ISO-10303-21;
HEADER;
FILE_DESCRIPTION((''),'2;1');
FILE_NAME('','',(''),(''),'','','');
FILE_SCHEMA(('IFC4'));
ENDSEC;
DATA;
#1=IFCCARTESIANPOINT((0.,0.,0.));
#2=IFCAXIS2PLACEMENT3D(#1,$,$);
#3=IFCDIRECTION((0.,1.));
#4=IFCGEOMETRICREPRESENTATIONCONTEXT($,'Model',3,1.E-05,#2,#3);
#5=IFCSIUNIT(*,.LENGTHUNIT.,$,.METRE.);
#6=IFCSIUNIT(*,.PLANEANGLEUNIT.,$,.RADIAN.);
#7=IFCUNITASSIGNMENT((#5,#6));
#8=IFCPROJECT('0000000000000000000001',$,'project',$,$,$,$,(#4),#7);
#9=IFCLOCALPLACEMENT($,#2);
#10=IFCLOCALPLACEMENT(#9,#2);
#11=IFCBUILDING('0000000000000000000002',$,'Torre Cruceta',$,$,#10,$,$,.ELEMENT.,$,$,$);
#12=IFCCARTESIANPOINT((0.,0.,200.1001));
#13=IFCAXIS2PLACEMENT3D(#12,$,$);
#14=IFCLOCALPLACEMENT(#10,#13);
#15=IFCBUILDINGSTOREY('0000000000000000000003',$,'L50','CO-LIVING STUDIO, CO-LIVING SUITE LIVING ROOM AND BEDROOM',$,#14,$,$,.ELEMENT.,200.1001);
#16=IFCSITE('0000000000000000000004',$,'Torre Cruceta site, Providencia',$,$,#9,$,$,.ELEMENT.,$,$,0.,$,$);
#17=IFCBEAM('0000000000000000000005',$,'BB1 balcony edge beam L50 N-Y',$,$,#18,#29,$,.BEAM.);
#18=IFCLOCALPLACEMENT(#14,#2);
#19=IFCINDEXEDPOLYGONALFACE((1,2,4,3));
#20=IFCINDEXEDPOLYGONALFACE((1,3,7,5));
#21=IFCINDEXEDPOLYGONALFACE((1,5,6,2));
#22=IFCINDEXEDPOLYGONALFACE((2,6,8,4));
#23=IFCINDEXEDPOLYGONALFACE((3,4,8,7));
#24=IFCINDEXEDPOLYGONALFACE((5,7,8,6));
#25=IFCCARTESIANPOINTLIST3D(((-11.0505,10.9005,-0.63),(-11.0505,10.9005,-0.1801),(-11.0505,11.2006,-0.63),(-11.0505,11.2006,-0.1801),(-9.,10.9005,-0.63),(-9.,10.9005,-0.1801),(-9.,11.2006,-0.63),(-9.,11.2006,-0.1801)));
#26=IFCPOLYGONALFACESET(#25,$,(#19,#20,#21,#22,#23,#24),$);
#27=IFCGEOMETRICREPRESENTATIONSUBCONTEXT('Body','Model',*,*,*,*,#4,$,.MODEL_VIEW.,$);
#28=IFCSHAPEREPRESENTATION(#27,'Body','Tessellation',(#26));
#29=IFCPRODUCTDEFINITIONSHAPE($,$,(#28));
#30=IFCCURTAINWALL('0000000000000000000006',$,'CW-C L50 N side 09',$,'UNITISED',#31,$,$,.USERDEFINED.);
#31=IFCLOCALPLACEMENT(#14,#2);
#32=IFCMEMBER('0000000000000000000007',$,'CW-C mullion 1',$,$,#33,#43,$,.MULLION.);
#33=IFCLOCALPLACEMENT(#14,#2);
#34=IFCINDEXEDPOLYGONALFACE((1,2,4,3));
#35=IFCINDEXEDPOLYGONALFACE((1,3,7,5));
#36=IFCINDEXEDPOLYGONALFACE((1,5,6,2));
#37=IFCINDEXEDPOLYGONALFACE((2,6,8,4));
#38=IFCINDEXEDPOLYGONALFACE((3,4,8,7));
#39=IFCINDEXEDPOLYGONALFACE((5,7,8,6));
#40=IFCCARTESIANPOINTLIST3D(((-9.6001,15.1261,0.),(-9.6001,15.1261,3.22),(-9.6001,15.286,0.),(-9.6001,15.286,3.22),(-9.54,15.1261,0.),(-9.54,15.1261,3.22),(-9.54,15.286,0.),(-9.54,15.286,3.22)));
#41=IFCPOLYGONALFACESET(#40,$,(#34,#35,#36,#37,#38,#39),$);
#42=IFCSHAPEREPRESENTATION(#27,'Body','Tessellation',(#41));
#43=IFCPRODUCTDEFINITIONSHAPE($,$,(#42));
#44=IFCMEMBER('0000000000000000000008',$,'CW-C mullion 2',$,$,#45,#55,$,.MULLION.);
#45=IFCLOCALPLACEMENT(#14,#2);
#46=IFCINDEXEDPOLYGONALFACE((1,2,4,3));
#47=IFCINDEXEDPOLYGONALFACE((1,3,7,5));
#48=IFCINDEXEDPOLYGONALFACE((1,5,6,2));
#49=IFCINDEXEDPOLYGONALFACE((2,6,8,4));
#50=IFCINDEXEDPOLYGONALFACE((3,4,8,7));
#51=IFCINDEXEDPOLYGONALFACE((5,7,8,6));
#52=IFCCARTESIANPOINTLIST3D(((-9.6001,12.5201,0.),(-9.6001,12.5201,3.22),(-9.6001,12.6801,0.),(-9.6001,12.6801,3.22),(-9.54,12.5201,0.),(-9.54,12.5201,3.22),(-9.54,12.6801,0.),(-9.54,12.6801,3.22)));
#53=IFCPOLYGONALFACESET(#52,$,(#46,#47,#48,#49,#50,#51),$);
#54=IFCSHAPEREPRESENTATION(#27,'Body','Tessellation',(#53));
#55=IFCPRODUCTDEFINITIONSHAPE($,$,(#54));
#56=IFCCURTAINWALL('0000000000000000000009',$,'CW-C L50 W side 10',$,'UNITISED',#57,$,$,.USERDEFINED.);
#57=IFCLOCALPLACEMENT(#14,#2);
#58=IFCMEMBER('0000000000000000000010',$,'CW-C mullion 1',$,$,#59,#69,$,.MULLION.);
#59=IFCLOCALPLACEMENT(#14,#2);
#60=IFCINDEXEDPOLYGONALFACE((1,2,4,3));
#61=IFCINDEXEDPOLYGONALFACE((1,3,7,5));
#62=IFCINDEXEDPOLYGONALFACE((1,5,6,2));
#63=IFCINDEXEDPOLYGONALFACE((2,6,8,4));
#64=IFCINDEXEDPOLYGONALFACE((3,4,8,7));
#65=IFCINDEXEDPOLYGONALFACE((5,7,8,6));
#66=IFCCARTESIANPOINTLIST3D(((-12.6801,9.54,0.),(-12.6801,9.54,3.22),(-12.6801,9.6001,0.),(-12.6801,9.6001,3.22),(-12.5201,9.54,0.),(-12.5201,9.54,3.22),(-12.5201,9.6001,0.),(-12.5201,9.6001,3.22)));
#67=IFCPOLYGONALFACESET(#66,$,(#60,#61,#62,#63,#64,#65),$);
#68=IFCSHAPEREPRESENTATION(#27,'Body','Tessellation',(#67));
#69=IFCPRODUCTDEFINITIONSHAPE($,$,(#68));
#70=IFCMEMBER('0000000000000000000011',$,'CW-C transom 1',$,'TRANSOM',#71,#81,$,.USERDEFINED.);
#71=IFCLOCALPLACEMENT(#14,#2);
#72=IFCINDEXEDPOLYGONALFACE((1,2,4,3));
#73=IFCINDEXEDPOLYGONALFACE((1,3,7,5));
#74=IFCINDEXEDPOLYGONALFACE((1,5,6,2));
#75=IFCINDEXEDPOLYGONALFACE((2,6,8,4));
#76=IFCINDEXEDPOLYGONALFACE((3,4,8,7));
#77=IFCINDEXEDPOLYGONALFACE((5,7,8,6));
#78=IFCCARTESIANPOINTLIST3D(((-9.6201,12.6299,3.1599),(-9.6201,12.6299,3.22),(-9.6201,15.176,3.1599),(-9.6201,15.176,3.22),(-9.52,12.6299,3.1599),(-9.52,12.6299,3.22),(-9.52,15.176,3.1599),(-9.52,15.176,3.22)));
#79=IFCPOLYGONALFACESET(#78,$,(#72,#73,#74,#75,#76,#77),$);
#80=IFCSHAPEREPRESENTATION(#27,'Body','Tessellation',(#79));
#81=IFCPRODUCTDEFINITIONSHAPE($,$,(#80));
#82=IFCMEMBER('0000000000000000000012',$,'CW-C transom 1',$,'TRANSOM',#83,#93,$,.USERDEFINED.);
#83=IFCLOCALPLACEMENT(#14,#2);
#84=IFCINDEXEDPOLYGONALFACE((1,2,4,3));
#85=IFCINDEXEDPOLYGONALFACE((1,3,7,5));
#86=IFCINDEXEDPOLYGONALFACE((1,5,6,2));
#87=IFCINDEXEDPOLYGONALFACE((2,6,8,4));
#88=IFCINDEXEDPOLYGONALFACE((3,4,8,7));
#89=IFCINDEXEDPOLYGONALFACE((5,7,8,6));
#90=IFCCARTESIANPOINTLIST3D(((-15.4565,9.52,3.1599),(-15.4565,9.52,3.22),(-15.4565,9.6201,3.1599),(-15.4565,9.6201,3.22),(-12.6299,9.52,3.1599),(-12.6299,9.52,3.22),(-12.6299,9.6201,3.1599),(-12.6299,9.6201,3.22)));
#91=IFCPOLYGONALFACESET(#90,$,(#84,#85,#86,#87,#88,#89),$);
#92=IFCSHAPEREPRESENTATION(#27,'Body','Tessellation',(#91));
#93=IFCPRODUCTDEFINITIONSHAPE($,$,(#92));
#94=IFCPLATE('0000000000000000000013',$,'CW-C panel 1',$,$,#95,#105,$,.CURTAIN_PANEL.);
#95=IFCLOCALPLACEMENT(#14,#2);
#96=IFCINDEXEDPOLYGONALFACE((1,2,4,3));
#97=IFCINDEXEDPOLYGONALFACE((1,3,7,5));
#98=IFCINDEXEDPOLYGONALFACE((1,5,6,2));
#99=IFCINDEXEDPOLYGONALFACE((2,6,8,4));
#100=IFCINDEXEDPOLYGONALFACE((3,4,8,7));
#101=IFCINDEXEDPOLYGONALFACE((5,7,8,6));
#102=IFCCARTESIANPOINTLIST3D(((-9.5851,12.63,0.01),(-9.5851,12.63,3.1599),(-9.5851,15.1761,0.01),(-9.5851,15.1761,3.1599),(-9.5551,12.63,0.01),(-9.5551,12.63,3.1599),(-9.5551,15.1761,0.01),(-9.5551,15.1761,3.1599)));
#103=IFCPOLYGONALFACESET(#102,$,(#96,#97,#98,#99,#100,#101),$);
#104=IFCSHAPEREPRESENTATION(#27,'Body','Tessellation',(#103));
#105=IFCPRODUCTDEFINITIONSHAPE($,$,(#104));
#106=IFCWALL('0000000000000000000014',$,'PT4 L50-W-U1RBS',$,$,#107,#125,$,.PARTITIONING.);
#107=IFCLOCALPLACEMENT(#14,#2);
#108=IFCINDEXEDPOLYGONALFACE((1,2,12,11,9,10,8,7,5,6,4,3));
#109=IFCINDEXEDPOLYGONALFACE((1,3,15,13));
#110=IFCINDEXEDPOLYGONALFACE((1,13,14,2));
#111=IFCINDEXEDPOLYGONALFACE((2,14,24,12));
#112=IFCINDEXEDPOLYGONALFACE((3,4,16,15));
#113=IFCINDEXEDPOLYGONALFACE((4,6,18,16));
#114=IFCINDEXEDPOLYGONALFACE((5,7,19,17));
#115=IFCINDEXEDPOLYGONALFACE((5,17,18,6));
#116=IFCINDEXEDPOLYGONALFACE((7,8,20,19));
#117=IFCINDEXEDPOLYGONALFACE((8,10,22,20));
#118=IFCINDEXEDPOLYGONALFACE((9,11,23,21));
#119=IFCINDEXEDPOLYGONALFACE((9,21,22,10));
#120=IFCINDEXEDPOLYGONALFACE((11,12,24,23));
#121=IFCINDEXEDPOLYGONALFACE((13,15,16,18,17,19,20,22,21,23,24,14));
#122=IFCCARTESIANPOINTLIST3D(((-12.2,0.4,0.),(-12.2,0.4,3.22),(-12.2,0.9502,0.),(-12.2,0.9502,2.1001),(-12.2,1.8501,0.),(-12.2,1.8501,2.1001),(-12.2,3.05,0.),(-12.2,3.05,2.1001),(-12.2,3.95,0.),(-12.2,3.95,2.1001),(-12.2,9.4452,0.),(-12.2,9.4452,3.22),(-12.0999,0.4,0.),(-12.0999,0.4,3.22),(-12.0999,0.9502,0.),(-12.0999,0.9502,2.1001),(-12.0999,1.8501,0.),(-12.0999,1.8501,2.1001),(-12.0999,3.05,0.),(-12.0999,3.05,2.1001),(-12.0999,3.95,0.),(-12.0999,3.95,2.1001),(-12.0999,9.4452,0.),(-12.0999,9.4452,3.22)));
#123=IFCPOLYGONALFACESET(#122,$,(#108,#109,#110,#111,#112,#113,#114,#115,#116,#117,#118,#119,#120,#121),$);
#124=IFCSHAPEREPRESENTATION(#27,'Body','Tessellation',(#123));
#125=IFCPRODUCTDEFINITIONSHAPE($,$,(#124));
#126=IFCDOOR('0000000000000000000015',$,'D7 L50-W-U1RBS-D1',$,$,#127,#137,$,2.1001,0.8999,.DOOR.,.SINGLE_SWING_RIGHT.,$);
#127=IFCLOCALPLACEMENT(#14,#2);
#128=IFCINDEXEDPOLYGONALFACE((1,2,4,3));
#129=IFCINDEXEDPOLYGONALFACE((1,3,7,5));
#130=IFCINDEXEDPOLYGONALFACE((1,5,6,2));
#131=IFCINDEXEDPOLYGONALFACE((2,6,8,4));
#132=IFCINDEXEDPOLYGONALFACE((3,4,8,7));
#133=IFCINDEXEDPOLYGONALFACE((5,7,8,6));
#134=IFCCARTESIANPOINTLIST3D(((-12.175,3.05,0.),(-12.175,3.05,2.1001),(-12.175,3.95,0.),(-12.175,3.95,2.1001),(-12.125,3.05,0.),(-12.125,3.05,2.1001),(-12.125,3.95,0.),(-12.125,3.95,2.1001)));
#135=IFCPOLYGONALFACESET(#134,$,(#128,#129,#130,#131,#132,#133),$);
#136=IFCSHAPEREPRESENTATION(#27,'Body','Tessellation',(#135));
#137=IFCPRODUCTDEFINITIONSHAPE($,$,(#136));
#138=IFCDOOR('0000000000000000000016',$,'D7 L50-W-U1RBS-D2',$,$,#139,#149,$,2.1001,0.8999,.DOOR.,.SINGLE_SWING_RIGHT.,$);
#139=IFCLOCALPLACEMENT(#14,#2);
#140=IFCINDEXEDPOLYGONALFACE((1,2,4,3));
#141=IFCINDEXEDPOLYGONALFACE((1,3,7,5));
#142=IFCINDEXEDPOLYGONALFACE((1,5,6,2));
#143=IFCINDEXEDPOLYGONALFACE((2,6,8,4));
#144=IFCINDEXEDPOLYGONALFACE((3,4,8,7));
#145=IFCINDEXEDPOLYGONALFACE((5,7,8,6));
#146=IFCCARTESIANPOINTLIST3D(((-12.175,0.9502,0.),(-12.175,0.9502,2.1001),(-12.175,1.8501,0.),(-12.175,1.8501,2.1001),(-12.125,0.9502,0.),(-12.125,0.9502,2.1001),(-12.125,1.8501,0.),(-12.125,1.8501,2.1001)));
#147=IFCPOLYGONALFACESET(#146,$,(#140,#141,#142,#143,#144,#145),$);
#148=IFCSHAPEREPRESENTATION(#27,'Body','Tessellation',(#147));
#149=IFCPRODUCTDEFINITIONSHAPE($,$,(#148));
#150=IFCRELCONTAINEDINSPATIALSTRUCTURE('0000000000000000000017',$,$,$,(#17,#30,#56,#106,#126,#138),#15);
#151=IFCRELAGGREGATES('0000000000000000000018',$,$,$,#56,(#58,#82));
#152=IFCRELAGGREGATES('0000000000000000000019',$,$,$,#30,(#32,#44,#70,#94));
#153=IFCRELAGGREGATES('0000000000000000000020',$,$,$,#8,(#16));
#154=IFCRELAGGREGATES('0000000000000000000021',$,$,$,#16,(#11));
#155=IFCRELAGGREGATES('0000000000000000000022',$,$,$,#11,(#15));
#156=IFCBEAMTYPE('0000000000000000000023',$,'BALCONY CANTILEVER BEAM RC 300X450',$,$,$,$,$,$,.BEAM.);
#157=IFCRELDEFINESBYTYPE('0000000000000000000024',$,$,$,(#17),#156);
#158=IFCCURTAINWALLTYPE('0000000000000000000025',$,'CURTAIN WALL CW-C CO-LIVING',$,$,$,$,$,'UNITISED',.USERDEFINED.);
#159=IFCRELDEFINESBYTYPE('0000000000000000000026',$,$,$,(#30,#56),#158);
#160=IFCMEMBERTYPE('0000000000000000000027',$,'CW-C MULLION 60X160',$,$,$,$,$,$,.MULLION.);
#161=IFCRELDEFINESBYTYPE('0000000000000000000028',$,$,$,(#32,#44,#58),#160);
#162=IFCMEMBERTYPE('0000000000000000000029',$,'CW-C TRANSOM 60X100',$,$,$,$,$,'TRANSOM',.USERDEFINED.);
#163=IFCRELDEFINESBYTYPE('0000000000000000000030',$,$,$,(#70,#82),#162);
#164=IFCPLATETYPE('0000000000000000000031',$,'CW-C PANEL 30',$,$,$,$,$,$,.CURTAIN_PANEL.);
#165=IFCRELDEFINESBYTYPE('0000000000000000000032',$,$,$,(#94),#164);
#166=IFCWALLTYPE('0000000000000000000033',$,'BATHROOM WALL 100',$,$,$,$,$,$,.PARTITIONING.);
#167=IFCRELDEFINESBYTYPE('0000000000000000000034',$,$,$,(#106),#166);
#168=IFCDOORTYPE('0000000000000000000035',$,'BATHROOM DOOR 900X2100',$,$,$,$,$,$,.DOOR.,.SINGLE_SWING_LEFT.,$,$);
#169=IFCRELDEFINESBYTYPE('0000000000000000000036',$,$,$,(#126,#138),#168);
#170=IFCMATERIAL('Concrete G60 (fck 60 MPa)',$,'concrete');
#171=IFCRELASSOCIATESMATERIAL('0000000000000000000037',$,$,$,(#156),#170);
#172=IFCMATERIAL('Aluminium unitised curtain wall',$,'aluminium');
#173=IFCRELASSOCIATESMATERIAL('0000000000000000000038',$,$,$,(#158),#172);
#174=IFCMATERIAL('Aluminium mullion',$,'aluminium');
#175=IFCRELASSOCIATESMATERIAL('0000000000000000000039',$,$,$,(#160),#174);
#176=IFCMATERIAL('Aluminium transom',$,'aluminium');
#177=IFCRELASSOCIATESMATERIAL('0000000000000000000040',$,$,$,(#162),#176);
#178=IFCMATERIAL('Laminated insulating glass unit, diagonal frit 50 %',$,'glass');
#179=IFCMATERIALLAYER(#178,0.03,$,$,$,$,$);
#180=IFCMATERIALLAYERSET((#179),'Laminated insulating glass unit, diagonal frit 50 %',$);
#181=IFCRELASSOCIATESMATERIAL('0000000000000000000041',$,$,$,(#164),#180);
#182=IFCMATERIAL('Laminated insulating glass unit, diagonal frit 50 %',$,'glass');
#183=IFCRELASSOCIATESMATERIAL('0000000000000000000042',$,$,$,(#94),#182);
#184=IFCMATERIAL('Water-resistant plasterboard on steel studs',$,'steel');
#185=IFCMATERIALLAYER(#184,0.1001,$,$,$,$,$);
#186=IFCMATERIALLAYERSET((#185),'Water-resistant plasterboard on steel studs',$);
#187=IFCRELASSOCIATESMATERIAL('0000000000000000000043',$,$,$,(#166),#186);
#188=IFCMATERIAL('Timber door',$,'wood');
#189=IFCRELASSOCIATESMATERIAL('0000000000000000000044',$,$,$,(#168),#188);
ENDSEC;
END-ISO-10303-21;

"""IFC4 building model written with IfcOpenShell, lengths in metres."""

from ifc_helpers import new_model, si_unit, direction, frame, frame_2d, origin, origin_2d, place, context, subcontext, project, spatial, rectangle, extrude, material, layer, layer_set, material_profile, profile_set, type_object, element, fill, aggregate, save


model = new_model("IFC4")

# Units and contexts
model_context = context("Model", 3, precision=1e-05, world=origin(), true_north=direction((0.0, 1.0)))
body_context = subcontext(model_context, "Body", "Model", "MODEL_VIEW")
ifc_project = project(units=[si_unit("LENGTHUNIT", "METRE"), si_unit("PLANEANGLEUNIT", "RADIAN")], contexts=[model_context])

# Site, building, storey
site_placement = place(None, origin())
site = spatial("IfcSite", under=ifc_project, at=site_placement, Name="Torre Cruceta site, Providencia", CompositionType="ELEMENT", RefElevation=0.0)
building_placement = place(site_placement, origin())
building = spatial("IfcBuilding", under=site, at=building_placement, Name="Torre Cruceta", CompositionType="ELEMENT")
storey_placement = place(building_placement, frame((0.0, 0.0, 200.1001)))
storey = spatial("IfcBuildingStorey", under=building, at=storey_placement, Name="L50", Description="CO-LIVING STUDIO, CO-LIVING SUITE LIVING ROOM AND BEDROOM", CompositionType="ELEMENT", Elevation=200.1001)

# Beam
ifc_material_1 = material(Name="Concrete G60 (fck 60 MPa)", Category="concrete")
ifc_material_profile_1 = material_profile(ifc_material_1, rectangle(XDim=0.3, YDim=0.45, at=origin_2d()), Name="RC 300X450")
ifc_profile_set_1 = profile_set([ifc_material_profile_1], Name="Concrete G60 (fck 60 MPa)")
beam_type = type_object("IfcBeamType", Name="BALCONY CANTILEVER BEAM RC 300X450", PredefinedType="BEAM", material=ifc_profile_set_1)
beam_placement = place(storey_placement, frame((-9.0, 11.0505, -0.405), z_axis=(-1.0, 0.0, 0.0), x_axis=(0.0, -1.0, 0.0)))
element("IfcBeam", 1, at=beam_placement, inside=storey, type_object=beam_type, Name="BB1 balcony edge beam L50 N-Y", PredefinedType="BEAM", context=body_context, shape_type="SweptSolid", body=[
    extrude(rectangle(XDim=0.3, YDim=0.45, at=origin_2d()), origin(), (0.0, 0.0, 1.0), 2.0505),
])

# Curtain wall, members
ifc_material_2 = material(Name="Aluminium unitised curtain wall", Category="aluminium")
curtain_wall_type = type_object("IfcCurtainWallType", Name="CURTAIN WALL CW-C CO-LIVING", ElementType="UNITISED", PredefinedType="USERDEFINED", material=ifc_material_2)
curtain_wall_1_placement = place(storey_placement, origin())
curtain_wall_1 = element("IfcCurtainWall", 2, at=curtain_wall_1_placement, inside=storey, type_object=curtain_wall_type, Name="CW-C L50 N side 09", ObjectType="UNITISED", PredefinedType="USERDEFINED")
ifc_material_3 = material(Name="Aluminium mullion", Category="aluminium")
ifc_material_profile_2 = material_profile(ifc_material_3, rectangle(XDim=0.0601, YDim=0.1599, at=origin_2d()), Name="AL 60X160")
ifc_profile_set_2 = profile_set([ifc_material_profile_2], Name="Aluminium mullion")
member_type_1 = type_object("IfcMemberType", Name="CW-C MULLION 60X160", PredefinedType="MULLION", material=ifc_profile_set_2)
member_1_placement = place(storey_placement, frame((-9.5701, 15.2061, 0.0), z_axis=(0.0, 0.0, 1.0), x_axis=(1.0, 0.0, 0.0)))
member_1 = element("IfcMember", 3, at=member_1_placement, type_object=member_type_1, Name="CW-C mullion 1", PredefinedType="MULLION", context=body_context, shape_type="SweptSolid", body=[
    extrude(rectangle(XDim=0.0601, YDim=0.1599, at=origin_2d()), origin(), (0.0, 0.0, 1.0), 3.22),
])
member_2_placement = place(storey_placement, frame((-9.5701, 12.6001, 0.0), z_axis=(0.0, 0.0, 1.0), x_axis=(1.0, 0.0, 0.0)))
member_2 = element("IfcMember", 4, at=member_2_placement, type_object=member_type_1, Name="CW-C mullion 2", PredefinedType="MULLION", context=body_context, shape_type="SweptSolid", body=[
    extrude(rectangle(XDim=0.0601, YDim=0.1599, at=origin_2d()), origin(), (0.0, 0.0, 1.0), 3.22),
])

# Curtain wall, member
curtain_wall_2_placement = place(storey_placement, origin())
curtain_wall_2 = element("IfcCurtainWall", 5, at=curtain_wall_2_placement, inside=storey, type_object=curtain_wall_type, Name="CW-C L50 W side 10", ObjectType="UNITISED", PredefinedType="USERDEFINED")
member_3_placement = place(storey_placement, frame((-12.6001, 9.5701, 0.0), z_axis=(0.0, 0.0, 1.0), x_axis=(0.0, -1.0, 0.0)))
member_3 = element("IfcMember", 6, at=member_3_placement, type_object=member_type_1, Name="CW-C mullion 1", PredefinedType="MULLION", context=body_context, shape_type="SweptSolid", body=[
    extrude(rectangle(XDim=0.0601, YDim=0.1599, at=origin_2d()), origin(), (0.0, 0.0, 1.0), 3.22),
])

# Members
ifc_material_4 = material(Name="Aluminium transom", Category="aluminium")
ifc_material_profile_3 = material_profile(ifc_material_4, rectangle(XDim=0.1001, YDim=0.0601, at=origin_2d()), Name="AL 100X60")
ifc_profile_set_3 = profile_set([ifc_material_profile_3], Name="Aluminium transom")
member_type_2 = type_object("IfcMemberType", Name="CW-C TRANSOM 60X100", ElementType="TRANSOM", PredefinedType="USERDEFINED", material=ifc_profile_set_3)
member_4_placement = place(storey_placement, frame((-9.5701, 15.176, 3.1899), z_axis=(0.0, -1.0, 0.0), x_axis=(1.0, 0.0, 0.0)))
member_4 = element("IfcMember", 7, at=member_4_placement, type_object=member_type_2, Name="CW-C transom 1", ObjectType="TRANSOM", PredefinedType="USERDEFINED", context=body_context, shape_type="SweptSolid", body=[
    extrude(rectangle(XDim=0.1001, YDim=0.0601, at=origin_2d()), origin(), (0.0, 0.0, 1.0), 2.5461),
])
member_5_placement = place(storey_placement, frame((-12.6299, 9.5701, 3.1899), z_axis=(-1.0, 0.0, 0.0), x_axis=(0.0, -1.0, 0.0)))
member_5 = element("IfcMember", 8, at=member_5_placement, type_object=member_type_2, Name="CW-C transom 1", ObjectType="TRANSOM", PredefinedType="USERDEFINED", context=body_context, shape_type="SweptSolid", body=[
    extrude(rectangle(XDim=0.1001, YDim=0.0601, at=origin_2d()), origin(), (0.0, 0.0, 1.0), 2.8267),
])
aggregate(curtain_wall_2, [member_3, member_5])

# Plate
ifc_material_5 = material(Name="Laminated insulating glass unit, diagonal frit 50 %", Category="glass")
ifc_material_6 = material(Name="Laminated insulating glass unit, diagonal frit 50 %", Category="glass")
ifc_layer_1 = layer(ifc_material_6, 0.03)
ifc_layer_set_1 = layer_set([ifc_layer_1], Name="Laminated insulating glass unit, diagonal frit 50 %")
plate_type = type_object("IfcPlateType", Name="CW-C PANEL 30", PredefinedType="CURTAIN_PANEL", material=ifc_layer_set_1)
plate_placement = place(storey_placement, frame((-9.5701, 13.9031, 0.01), z_axis=(0.0, 0.0, 1.0), x_axis=(0.0, -1.0, 0.0)))
plate = element("IfcPlate", 9, at=plate_placement, type_object=plate_type, material=ifc_material_5, Name="CW-C panel 1", PredefinedType="CURTAIN_PANEL", context=body_context, shape_type="SweptSolid", body=[
    extrude(rectangle(XDim=2.5461, YDim=0.03, at=origin_2d()), origin(), (0.0, 0.0, 1.0), 3.1499),
])
aggregate(curtain_wall_1, [member_1, member_2, member_4, plate])

# Wall, openings, doors
ifc_material_7 = material(Name="Water-resistant plasterboard on steel studs", Category="steel")
ifc_layer_2 = layer(ifc_material_7, 0.1001)
ifc_layer_set_2 = layer_set([ifc_layer_2], Name="Water-resistant plasterboard on steel studs")
wall_type_1 = type_object("IfcWallType", Name="BATHROOM WALL 100", PredefinedType="PARTITIONING", material=ifc_layer_set_2)
wall_1_placement = place(storey_placement, frame((-12.1499, 9.4451, 0.0), z_axis=(0.0, 0.0, 1.0), x_axis=(0.0, -1.0, 0.0)))
wall_1 = element("IfcWall", 10, at=wall_1_placement, inside=storey, type_object=wall_type_1, Name="PT4 L50-W-U1RBS", PredefinedType="PARTITIONING", context=body_context, shape_type="SweptSolid", body=[
    extrude(rectangle(XDim=9.0452, YDim=0.1001, at=frame_2d((4.5225, 0.0))), origin(), (0.0, 0.0, 1.0), 3.22),
])
opening_1_placement = place(wall_1_placement, frame((5.4951, 0.0, 0.0)))
opening_1 = element("IfcOpeningElement", 11, at=opening_1_placement, cuts=wall_1, PredefinedType="OPENING", context=body_context, shape_type="SweptSolid", body=[
    extrude(rectangle(XDim=0.8999, YDim=2.1001, at=frame_2d((0.45, 1.05))), frame((0.0, 0.0601, 0.0), z_axis=(0.0, -1.0, 0.0), x_axis=(1.0, 0.0, 0.0)), (0.0, 0.0, 1.0), 0.1201),
])
opening_2_placement = place(wall_1_placement, frame((7.595, 0.0, 0.0)))
opening_2 = element("IfcOpeningElement", 12, at=opening_2_placement, cuts=wall_1, PredefinedType="OPENING", context=body_context, shape_type="SweptSolid", body=[
    extrude(rectangle(XDim=0.8999, YDim=2.1001, at=frame_2d((0.45, 1.05))), frame((0.0, 0.0601, 0.0), z_axis=(0.0, -1.0, 0.0), x_axis=(1.0, 0.0, 0.0)), (0.0, 0.0, 1.0), 0.1201),
])
ifc_material_8 = material(Name="Timber door", Category="wood")
door_type_1 = type_object("IfcDoorType", Name="BATHROOM DOOR 900X2100", OperationType="SINGLE_SWING_LEFT", PredefinedType="DOOR", material=ifc_material_8)
door_1_placement = place(opening_1_placement, origin())
door_1 = element("IfcDoor", 13, at=door_1_placement, inside=storey, type_object=door_type_1, Name="D7 L50-W-U1RBS-D1", OperationType="SINGLE_SWING_RIGHT", OverallHeight=2.1001, OverallWidth=0.8999, PredefinedType="DOOR", context=body_context, shape_type="SweptSolid", body=[
    extrude(rectangle(XDim=0.8999, YDim=2.1001, at=frame_2d((0.45, 1.05))), frame((0.0, 0.0249, 0.0), z_axis=(0.0, -1.0, 0.0), x_axis=(1.0, 0.0, 0.0)), (0.0, 0.0, 1.0), 0.05),
])
fill(opening_1, door_1)
door_2_placement = place(opening_2_placement, origin())
door_2 = element("IfcDoor", 14, at=door_2_placement, inside=storey, type_object=door_type_1, Name="D7 L50-W-U1RBS-D2", OperationType="SINGLE_SWING_RIGHT", OverallHeight=2.1001, OverallWidth=0.8999, PredefinedType="DOOR", context=body_context, shape_type="SweptSolid", body=[
    extrude(rectangle(XDim=0.8999, YDim=2.1001, at=frame_2d((0.45, 1.05))), frame((0.0, 0.0249, 0.0), z_axis=(0.0, -1.0, 0.0), x_axis=(1.0, 0.0, 0.0)), (0.0, 0.0, 1.0), 0.05),
])
fill(opening_2, door_2)

save(model, "model.ifc")
